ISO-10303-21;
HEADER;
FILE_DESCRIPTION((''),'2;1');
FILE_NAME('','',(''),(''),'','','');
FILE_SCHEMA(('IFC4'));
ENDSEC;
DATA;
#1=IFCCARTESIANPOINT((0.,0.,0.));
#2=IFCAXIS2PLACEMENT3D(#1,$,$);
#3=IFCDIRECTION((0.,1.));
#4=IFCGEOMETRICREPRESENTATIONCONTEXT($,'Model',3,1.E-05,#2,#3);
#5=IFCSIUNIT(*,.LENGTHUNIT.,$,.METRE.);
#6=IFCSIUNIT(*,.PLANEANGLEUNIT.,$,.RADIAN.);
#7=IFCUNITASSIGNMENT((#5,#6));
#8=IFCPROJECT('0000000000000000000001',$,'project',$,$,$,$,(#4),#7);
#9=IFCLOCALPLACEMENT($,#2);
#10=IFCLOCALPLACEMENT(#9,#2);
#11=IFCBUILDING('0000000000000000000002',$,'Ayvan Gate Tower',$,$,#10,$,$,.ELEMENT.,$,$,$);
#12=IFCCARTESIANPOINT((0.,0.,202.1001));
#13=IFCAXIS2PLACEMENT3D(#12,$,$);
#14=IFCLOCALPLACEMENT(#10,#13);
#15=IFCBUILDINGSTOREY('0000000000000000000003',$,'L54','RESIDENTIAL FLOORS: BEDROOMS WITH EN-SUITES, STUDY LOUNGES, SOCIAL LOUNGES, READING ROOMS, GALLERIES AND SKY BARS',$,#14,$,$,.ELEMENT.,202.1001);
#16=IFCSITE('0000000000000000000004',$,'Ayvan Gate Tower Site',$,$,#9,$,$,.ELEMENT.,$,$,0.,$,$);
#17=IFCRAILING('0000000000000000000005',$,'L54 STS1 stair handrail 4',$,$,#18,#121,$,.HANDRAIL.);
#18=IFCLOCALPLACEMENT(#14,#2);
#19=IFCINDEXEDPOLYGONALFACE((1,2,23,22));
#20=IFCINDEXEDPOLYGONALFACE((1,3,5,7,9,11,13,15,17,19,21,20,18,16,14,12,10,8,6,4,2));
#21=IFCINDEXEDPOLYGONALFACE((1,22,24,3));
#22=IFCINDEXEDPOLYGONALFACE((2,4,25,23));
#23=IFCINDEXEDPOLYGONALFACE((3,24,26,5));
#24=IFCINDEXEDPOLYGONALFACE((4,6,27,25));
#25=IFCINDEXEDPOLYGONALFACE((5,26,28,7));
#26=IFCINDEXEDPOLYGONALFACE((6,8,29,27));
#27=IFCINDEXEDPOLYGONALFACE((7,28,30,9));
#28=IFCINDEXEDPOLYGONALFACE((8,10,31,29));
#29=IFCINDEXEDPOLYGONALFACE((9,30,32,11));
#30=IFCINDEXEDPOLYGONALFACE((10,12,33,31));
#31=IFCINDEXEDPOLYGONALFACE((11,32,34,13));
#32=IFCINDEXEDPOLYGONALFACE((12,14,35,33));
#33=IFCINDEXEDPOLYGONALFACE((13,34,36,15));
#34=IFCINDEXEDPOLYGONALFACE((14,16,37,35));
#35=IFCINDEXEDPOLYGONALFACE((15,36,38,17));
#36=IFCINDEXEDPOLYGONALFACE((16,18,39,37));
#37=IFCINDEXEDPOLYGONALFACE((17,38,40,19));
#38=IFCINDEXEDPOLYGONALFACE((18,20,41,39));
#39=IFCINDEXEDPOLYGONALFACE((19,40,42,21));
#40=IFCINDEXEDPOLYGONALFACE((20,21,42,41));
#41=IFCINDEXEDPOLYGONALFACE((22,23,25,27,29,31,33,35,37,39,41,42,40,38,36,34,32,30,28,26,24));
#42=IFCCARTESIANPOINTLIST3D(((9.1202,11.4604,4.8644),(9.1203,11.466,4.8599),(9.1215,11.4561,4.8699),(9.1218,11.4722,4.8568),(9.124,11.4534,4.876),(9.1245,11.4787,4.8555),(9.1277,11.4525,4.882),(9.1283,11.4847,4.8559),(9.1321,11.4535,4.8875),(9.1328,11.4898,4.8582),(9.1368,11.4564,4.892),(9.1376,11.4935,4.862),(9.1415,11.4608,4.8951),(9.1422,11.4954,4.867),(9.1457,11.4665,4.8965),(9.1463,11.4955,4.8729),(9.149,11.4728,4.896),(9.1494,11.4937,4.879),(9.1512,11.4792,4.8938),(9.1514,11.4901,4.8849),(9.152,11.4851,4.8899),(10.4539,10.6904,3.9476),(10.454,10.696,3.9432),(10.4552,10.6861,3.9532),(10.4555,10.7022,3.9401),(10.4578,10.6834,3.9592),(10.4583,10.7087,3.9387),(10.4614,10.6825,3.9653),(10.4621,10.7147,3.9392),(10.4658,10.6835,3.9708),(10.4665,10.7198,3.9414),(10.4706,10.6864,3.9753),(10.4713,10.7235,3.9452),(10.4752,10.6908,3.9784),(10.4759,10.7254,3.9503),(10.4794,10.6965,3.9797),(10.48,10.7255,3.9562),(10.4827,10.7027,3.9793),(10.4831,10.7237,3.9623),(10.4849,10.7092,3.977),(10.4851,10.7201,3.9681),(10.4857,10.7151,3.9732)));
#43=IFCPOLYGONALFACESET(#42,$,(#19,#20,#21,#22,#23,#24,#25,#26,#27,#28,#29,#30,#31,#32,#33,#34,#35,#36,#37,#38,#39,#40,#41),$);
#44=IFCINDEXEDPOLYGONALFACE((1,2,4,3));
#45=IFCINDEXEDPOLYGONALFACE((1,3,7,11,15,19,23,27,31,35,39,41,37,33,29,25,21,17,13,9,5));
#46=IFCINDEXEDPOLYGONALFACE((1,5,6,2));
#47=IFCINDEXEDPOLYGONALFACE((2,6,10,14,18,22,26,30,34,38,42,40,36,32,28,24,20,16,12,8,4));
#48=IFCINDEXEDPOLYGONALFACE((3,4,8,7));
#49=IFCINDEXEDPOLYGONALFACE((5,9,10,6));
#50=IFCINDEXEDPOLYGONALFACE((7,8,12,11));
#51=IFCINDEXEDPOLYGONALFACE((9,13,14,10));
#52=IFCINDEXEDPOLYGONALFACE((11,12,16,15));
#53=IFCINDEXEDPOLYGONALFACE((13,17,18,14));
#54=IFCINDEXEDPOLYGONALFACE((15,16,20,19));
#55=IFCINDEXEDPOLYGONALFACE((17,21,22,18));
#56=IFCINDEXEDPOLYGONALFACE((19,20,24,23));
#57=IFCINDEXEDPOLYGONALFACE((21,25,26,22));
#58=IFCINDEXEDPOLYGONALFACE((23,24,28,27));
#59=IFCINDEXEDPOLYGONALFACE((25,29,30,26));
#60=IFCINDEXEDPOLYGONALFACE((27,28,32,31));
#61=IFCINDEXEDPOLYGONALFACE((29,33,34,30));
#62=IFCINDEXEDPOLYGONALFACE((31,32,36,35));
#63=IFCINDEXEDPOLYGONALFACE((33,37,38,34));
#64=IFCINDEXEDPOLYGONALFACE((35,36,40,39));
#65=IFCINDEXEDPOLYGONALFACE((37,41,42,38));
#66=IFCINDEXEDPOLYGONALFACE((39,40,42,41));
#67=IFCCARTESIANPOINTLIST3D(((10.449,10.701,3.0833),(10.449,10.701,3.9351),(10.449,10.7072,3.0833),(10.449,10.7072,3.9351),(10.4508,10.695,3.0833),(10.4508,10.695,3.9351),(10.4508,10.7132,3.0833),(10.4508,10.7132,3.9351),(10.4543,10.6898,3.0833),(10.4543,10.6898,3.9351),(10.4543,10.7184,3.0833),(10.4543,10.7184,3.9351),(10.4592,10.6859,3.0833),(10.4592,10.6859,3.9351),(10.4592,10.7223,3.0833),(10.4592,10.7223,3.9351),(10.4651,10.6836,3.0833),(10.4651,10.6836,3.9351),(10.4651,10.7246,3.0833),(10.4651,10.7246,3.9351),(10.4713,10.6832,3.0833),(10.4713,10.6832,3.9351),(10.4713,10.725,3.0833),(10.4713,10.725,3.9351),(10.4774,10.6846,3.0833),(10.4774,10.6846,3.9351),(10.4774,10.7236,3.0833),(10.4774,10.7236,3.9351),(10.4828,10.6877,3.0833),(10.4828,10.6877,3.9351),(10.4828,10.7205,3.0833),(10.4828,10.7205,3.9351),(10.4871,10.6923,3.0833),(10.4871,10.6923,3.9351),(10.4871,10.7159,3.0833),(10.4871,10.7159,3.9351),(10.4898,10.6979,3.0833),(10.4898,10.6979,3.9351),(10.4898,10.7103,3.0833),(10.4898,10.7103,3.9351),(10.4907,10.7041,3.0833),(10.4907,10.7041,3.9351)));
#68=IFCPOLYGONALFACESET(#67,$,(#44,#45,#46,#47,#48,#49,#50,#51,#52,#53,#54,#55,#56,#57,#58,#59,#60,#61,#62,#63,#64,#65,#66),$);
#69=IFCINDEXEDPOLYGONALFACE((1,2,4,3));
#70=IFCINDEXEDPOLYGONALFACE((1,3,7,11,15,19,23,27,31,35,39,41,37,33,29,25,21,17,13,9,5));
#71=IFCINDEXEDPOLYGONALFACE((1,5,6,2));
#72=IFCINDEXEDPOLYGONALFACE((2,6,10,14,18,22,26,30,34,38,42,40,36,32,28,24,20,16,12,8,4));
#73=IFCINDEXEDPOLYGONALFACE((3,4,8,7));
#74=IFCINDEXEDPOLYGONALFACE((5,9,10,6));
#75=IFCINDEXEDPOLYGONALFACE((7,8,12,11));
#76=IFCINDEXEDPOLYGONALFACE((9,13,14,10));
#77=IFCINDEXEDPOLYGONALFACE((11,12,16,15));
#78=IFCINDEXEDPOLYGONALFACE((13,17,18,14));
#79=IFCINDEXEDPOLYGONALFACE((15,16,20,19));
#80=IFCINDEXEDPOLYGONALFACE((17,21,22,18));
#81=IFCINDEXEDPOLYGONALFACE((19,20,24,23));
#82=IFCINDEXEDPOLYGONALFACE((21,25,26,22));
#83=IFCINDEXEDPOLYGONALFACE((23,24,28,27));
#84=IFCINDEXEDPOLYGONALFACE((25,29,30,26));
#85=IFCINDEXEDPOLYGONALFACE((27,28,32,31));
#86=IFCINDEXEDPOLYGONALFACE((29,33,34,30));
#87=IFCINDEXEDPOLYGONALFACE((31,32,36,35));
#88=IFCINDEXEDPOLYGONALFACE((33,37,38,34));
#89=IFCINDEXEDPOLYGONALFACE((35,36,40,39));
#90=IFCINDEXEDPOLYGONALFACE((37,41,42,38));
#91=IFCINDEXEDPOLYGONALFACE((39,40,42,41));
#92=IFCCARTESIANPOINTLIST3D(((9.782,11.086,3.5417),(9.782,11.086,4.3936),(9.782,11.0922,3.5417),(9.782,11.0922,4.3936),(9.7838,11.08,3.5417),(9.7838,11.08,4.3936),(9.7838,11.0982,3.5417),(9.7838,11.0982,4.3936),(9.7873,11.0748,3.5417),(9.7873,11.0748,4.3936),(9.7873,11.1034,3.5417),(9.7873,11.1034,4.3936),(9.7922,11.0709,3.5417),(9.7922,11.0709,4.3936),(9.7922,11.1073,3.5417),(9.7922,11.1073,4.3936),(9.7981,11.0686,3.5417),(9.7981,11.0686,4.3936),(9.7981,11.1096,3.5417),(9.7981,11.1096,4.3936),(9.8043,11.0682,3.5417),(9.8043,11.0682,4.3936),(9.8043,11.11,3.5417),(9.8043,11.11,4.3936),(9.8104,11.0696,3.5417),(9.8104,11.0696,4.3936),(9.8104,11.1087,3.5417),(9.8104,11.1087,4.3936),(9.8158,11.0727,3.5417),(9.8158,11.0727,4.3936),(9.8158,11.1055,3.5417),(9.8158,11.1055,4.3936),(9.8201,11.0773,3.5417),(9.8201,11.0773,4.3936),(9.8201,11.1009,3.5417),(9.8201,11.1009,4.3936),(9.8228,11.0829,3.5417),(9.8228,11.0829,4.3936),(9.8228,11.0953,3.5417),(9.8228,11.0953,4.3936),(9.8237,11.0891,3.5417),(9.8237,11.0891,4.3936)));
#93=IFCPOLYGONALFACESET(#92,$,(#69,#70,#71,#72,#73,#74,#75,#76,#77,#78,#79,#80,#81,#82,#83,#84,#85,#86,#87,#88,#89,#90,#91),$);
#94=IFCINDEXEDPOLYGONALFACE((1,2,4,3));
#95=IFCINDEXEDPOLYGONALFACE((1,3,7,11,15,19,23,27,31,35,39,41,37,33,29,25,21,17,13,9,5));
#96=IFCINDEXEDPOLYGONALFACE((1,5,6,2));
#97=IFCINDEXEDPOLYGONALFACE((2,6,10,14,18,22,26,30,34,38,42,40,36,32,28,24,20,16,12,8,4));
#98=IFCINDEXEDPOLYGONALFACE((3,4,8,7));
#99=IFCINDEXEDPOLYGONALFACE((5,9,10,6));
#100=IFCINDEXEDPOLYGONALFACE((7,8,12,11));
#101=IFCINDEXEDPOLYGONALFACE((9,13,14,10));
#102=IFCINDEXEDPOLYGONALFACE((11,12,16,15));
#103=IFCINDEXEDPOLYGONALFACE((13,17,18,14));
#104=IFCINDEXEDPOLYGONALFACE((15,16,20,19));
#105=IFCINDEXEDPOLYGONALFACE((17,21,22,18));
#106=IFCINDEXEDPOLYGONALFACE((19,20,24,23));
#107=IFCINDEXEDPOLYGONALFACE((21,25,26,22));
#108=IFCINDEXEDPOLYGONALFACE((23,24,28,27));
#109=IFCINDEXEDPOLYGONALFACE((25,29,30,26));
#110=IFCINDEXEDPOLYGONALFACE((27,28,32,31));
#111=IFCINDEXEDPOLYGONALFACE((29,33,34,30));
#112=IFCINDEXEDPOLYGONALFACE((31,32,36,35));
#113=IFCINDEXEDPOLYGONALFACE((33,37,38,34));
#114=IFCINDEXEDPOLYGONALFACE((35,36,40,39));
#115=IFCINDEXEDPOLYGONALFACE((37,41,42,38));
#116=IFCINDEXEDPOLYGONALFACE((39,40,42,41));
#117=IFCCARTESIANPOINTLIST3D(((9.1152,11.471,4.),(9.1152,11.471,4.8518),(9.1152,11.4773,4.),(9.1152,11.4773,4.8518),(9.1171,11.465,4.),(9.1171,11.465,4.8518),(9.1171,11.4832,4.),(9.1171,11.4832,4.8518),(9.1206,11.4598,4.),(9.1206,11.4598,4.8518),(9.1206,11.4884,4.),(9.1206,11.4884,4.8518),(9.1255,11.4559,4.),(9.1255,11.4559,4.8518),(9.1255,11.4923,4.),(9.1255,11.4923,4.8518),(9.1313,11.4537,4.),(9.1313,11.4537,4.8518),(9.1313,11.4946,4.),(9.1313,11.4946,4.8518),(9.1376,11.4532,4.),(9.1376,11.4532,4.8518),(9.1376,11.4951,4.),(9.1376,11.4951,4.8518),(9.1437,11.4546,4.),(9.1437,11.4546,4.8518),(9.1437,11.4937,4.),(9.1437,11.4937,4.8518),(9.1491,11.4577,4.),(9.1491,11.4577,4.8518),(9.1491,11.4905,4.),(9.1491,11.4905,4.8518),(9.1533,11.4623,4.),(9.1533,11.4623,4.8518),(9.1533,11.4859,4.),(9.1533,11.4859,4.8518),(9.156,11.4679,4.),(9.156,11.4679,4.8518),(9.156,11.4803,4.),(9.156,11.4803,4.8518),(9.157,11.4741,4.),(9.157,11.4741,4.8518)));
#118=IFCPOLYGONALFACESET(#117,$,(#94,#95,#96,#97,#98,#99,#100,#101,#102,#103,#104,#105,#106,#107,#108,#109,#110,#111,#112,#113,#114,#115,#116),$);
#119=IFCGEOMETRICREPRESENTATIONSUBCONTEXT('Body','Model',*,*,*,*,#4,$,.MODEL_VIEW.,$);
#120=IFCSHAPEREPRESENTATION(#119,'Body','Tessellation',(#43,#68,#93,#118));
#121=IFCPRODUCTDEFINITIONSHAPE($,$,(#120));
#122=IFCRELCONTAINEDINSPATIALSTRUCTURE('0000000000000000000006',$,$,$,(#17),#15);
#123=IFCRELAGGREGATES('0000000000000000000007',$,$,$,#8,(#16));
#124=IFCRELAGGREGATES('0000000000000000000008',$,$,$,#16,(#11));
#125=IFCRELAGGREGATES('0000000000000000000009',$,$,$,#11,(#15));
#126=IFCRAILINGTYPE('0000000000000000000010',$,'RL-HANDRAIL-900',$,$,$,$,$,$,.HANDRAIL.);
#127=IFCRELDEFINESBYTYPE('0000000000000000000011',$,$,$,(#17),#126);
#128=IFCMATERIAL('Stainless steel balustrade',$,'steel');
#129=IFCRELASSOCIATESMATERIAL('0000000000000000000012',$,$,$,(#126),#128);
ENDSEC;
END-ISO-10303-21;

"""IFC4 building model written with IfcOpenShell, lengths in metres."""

from ifc_helpers import new_model, si_unit, direction, frame, origin, origin_2d, place, context, subcontext, project, spatial, circle, extrude, material, type_object, element, save


model = new_model("IFC4")

# Units and contexts
model_context = context("Model", 3, precision=1e-05, world=origin(), true_north=direction((0.0, 1.0)))
body_context = subcontext(model_context, "Body", "Model", "MODEL_VIEW")
ifc_project = project(units=[si_unit("LENGTHUNIT", "METRE"), si_unit("PLANEANGLEUNIT", "RADIAN")], contexts=[model_context])

# Site, building, storey
site_placement = place(None, origin())
site = spatial("IfcSite", under=ifc_project, at=site_placement, Name="Ayvan Gate Tower Site", CompositionType="ELEMENT", RefElevation=0.0)
building_placement = place(site_placement, origin())
building = spatial("IfcBuilding", under=site, at=building_placement, Name="Ayvan Gate Tower", CompositionType="ELEMENT")
storey_placement = place(building_placement, frame((0.0, 0.0, 202.1001)))
storey = spatial("IfcBuildingStorey", under=building, at=storey_placement, Name="L54", Description="RESIDENTIAL FLOORS: BEDROOMS WITH EN-SUITES, STUDY LOUNGES, SOCIAL LOUNGES, READING ROOMS, GALLERIES AND SKY BARS", CompositionType="ELEMENT", Elevation=202.1001)

# Railing
ifc_material_1 = material(Name="Stainless steel balustrade", Category="steel")
railing_type_1 = type_object("IfcRailingType", Name="RL-HANDRAIL-900", PredefinedType="HANDRAIL", material=ifc_material_1)
for number, where, name in (
    (1, (10.4697, 10.7041, 3.0833), "L54 STS1 stair handrail 4"),
):
    element("IfcRailing", number, at=place(storey_placement, frame(where)), inside=storey, type_object=railing_type_1, Name=name, PredefinedType="HANDRAIL", context=body_context, shape_type="SweptSolid", body=[
        extrude(circle(Radius=0.0239, at=origin_2d()), frame((0.0, 0.0, 0.876), z_axis=(-0.744164, 0.429634, 0.511502), x_axis=(-0.499992, -0.86603, 0.0)), (0.0, 0.0, 1.0), 1.7922),
        extrude(circle(Radius=0.021, at=origin_2d()), origin(), (0.0, 0.0, 1.0), 0.8518),
        extrude(circle(Radius=0.021, at=origin_2d()), frame((-0.667, 0.385, 0.4585)), (0.0, 0.0, 1.0), 0.8518),
        extrude(circle(Radius=0.021, at=origin_2d()), frame((-1.3337, 0.77, 0.9167)), (0.0, 0.0, 1.0), 0.8518),
    ])

save(model, "model.ifc")
